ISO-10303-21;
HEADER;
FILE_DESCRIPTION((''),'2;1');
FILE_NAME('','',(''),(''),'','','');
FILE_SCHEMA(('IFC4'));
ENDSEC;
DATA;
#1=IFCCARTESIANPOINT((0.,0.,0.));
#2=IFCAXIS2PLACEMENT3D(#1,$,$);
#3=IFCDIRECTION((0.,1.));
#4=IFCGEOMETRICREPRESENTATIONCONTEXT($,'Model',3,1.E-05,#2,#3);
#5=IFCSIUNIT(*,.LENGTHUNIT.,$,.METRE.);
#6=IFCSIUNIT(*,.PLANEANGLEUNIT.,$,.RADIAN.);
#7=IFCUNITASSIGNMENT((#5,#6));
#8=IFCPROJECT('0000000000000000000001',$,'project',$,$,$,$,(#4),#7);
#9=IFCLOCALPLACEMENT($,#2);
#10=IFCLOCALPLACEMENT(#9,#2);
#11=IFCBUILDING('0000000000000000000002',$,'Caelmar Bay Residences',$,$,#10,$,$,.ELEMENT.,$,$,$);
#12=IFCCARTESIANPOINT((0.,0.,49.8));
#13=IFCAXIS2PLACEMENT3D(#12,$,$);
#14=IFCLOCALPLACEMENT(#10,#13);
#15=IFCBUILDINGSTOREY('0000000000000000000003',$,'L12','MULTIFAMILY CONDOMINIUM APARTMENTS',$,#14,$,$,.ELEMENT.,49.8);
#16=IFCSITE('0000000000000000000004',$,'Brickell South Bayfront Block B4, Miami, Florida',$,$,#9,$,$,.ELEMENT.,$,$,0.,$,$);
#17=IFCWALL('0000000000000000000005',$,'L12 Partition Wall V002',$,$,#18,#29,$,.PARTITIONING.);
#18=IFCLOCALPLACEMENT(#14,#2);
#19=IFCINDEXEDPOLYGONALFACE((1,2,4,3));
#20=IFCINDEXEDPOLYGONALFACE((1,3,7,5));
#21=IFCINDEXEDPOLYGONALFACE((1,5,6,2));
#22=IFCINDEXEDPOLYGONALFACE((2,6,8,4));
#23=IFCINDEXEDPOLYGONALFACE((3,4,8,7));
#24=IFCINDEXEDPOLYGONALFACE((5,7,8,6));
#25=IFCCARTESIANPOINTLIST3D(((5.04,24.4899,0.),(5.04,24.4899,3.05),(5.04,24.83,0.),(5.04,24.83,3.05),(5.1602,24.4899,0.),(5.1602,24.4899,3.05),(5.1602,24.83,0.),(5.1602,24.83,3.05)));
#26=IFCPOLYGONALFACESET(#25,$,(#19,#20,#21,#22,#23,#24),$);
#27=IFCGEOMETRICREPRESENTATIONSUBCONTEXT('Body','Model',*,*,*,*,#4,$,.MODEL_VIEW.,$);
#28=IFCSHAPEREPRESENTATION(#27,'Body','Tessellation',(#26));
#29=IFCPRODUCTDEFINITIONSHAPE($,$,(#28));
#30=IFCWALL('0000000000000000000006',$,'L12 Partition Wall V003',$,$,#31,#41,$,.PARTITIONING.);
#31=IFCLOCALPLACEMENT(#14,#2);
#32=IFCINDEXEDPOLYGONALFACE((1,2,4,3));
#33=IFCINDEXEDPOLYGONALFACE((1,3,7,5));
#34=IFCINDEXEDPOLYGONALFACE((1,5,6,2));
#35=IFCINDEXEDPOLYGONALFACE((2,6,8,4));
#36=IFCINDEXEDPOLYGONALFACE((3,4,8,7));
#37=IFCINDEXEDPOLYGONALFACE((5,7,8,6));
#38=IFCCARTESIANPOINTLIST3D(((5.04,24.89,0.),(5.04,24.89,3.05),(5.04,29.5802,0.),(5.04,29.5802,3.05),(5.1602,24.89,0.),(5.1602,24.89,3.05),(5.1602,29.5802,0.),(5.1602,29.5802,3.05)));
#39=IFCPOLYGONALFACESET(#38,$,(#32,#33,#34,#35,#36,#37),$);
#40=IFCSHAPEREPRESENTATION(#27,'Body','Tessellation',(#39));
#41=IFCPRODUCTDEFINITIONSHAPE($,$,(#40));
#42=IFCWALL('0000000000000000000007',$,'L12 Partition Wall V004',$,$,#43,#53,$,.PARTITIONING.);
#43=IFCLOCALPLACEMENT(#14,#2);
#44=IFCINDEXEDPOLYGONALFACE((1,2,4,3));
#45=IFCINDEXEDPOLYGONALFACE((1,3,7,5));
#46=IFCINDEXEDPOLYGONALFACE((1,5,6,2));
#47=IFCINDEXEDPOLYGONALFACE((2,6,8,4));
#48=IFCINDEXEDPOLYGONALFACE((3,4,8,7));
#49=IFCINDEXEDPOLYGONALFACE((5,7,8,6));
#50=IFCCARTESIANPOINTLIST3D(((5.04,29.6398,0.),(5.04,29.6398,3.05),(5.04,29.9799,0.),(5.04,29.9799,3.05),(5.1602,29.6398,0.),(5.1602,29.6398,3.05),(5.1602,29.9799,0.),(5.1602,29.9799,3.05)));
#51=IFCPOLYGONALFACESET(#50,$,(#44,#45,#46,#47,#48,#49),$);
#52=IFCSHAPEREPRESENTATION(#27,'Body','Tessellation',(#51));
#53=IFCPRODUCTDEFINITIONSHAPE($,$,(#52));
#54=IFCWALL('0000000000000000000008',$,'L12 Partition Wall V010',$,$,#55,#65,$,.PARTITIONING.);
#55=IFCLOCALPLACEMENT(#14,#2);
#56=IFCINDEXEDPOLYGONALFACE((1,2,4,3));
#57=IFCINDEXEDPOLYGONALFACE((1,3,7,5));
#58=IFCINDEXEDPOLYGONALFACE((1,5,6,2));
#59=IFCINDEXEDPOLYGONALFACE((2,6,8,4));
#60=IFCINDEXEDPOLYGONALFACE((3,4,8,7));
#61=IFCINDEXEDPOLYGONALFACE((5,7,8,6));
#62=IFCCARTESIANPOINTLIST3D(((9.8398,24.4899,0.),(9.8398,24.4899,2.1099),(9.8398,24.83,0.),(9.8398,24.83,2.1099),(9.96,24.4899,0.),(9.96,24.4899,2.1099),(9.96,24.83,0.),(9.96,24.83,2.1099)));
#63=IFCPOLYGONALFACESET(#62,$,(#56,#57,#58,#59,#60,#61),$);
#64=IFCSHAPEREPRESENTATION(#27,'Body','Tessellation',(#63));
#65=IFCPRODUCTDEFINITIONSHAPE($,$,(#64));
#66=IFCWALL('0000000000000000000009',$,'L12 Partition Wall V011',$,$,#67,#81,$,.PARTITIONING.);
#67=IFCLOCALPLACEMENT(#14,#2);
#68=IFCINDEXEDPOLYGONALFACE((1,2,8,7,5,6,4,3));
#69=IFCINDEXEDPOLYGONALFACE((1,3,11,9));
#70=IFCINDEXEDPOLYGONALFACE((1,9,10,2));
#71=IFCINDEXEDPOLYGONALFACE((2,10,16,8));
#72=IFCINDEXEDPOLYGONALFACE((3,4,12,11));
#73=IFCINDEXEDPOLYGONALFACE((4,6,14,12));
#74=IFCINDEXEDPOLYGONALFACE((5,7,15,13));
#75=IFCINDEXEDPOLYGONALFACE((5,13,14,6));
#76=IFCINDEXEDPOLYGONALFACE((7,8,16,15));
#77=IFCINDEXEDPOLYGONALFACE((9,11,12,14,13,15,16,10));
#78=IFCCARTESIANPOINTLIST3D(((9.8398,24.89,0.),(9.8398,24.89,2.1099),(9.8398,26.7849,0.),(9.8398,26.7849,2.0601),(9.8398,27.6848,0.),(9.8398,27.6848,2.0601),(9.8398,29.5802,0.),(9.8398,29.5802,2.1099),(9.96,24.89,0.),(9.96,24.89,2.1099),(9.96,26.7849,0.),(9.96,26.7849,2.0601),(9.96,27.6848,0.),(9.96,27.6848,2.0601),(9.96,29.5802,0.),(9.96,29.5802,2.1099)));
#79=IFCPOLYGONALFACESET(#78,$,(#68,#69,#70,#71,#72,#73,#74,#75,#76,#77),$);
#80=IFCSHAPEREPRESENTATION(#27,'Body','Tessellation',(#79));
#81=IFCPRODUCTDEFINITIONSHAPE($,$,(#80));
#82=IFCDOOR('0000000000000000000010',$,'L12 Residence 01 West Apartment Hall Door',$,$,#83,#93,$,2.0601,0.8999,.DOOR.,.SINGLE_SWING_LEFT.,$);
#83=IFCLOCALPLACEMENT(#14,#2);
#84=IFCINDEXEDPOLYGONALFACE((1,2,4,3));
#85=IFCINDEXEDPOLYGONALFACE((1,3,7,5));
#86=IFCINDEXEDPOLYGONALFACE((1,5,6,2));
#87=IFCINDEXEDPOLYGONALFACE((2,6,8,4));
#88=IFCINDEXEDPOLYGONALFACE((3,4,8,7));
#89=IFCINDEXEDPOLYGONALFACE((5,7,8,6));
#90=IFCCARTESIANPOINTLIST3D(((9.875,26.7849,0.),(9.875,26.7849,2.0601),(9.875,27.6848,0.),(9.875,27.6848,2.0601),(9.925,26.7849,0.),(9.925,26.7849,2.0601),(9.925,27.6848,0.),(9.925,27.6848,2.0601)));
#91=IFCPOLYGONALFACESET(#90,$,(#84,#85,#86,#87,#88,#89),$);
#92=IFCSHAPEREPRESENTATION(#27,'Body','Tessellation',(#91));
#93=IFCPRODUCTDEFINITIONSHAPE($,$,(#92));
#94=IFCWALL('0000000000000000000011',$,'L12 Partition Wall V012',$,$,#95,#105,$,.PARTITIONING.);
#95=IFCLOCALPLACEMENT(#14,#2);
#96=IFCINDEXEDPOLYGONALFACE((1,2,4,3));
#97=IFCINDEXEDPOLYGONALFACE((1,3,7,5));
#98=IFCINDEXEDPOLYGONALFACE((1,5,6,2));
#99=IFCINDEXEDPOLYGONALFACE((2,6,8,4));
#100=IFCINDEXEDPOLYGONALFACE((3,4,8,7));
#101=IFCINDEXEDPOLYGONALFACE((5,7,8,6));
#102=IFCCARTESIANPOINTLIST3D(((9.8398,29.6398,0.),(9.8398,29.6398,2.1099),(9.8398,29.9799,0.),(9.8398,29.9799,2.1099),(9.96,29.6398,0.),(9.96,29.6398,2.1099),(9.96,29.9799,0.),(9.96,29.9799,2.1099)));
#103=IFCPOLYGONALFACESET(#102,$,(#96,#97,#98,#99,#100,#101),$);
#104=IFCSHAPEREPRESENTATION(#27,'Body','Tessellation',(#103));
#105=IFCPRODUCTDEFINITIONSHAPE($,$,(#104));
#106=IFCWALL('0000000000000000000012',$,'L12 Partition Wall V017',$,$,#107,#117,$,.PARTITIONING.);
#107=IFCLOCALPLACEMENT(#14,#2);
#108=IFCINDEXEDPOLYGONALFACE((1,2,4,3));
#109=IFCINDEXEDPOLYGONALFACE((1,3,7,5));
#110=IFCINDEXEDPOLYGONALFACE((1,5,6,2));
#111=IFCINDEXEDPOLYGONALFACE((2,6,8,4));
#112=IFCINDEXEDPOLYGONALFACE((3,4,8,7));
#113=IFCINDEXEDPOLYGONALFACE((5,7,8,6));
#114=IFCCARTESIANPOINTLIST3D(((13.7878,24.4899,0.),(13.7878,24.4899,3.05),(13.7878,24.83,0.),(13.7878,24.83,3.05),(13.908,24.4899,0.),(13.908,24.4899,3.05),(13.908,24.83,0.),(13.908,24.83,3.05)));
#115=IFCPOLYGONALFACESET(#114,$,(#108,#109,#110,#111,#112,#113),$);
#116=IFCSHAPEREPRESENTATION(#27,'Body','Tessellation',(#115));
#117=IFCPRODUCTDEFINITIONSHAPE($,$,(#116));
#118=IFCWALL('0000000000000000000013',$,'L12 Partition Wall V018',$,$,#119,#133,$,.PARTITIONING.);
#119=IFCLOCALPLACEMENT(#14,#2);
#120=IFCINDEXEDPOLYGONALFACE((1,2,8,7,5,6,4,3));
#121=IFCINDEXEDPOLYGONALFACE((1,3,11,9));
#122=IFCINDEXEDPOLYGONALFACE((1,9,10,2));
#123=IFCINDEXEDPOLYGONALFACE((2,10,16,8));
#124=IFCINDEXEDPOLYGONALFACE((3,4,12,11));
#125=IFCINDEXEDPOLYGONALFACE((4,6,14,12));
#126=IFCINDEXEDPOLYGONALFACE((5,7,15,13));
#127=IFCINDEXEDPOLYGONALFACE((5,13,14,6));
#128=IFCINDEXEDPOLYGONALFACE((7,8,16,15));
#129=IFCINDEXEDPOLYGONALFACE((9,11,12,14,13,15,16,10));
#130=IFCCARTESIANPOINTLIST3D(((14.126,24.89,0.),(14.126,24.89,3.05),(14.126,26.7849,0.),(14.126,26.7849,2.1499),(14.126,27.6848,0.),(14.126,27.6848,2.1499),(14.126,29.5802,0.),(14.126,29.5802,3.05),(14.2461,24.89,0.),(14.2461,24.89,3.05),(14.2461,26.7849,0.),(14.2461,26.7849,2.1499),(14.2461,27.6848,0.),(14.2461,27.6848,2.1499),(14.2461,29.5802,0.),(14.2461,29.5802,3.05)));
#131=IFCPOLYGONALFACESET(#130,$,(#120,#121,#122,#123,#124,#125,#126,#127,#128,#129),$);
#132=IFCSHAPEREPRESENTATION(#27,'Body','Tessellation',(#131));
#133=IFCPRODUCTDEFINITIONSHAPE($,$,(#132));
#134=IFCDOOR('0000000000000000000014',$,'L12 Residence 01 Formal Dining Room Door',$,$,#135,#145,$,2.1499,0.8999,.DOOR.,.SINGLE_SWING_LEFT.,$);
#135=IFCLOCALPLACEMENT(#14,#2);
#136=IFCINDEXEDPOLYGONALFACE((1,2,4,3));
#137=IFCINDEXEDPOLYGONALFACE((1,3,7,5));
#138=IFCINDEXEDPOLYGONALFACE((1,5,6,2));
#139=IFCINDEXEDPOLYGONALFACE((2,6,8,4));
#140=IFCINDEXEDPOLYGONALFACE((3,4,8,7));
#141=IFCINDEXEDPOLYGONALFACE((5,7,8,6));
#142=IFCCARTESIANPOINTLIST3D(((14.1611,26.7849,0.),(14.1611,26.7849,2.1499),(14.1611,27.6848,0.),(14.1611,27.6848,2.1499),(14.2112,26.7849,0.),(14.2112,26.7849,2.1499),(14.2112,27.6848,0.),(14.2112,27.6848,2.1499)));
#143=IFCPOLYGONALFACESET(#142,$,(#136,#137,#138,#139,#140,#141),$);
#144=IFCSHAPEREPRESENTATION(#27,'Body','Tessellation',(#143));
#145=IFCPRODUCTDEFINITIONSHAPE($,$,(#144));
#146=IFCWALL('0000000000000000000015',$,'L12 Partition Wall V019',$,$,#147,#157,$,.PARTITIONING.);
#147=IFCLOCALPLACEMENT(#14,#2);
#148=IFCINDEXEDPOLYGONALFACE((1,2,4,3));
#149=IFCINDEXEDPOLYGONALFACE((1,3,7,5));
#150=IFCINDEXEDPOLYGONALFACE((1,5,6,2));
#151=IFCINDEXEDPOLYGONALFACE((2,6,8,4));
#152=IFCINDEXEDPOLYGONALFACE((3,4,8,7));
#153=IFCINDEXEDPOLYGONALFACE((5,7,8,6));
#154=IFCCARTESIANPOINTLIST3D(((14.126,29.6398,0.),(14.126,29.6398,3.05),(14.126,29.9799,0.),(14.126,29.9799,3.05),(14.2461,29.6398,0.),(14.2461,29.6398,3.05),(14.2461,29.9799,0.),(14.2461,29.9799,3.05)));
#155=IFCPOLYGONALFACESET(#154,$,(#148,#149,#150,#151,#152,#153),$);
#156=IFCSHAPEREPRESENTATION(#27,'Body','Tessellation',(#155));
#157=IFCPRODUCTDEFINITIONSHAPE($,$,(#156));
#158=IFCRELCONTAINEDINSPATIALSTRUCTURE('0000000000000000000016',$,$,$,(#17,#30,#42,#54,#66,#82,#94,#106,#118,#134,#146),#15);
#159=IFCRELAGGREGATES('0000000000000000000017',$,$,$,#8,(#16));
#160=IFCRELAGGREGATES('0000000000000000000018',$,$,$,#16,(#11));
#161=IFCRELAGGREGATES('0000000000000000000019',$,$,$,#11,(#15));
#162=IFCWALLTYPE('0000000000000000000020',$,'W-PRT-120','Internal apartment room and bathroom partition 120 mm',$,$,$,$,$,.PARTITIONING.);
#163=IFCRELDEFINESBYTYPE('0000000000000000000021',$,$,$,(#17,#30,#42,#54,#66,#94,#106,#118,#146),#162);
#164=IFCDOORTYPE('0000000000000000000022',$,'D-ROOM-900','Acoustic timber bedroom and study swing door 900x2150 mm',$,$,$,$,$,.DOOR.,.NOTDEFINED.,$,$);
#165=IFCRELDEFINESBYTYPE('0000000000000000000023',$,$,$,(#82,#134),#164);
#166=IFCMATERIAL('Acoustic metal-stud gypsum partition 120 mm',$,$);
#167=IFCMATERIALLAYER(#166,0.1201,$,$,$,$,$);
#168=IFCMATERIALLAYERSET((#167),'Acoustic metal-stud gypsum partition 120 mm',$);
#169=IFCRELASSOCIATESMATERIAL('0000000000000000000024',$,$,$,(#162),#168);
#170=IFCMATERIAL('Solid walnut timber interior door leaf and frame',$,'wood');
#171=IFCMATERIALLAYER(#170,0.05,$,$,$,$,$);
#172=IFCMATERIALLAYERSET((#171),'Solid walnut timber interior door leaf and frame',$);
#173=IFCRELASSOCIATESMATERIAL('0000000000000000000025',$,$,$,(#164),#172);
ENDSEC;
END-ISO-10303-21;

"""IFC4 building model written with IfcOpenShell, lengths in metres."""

from ifc_helpers import new_model, si_unit, direction, frame, frame_2d, origin, place, context, subcontext, project, spatial, rectangle, extrude, material, layer, layer_set, type_object, element, fill, save


model = new_model("IFC4")

# Units and contexts
model_context = context("Model", 3, precision=1e-05, world=origin(), true_north=direction((0.0, 1.0)))
body_context = subcontext(model_context, "Body", "Model", "MODEL_VIEW")
ifc_project = project(units=[si_unit("LENGTHUNIT", "METRE"), si_unit("PLANEANGLEUNIT", "RADIAN")], contexts=[model_context])

# Site, building, storey
site_placement = place(None, origin())
site = spatial("IfcSite", under=ifc_project, at=site_placement, Name="Brickell South Bayfront Block B4, Miami, Florida", CompositionType="ELEMENT", RefElevation=0.0)
building_placement = place(site_placement, origin())
building = spatial("IfcBuilding", under=site, at=building_placement, Name="Caelmar Bay Residences", CompositionType="ELEMENT")
storey_placement = place(building_placement, frame((0.0, 0.0, 49.8)))
storey = spatial("IfcBuildingStorey", under=building, at=storey_placement, Name="L12", Description="MULTIFAMILY CONDOMINIUM APARTMENTS", CompositionType="ELEMENT", Elevation=49.8)

# Walls
ifc_material_1 = material(Name="Acoustic metal-stud gypsum partition 120 mm")
ifc_layer_1 = layer(ifc_material_1, 0.1201)
ifc_layer_set_1 = layer_set([ifc_layer_1], Name="Acoustic metal-stud gypsum partition 120 mm")
wall_type_1 = type_object("IfcWallType", Name="W-PRT-120", Description="Internal apartment room and bathroom partition 120 mm", PredefinedType="PARTITIONING", material=ifc_layer_set_1)
wall_1_placement = place(storey_placement, frame((5.1001, 24.49, 0.0), z_axis=(0.0, 0.0, 1.0), x_axis=(0.0, 1.0, 0.0)))
element("IfcWall", 1, at=wall_1_placement, inside=storey, type_object=wall_type_1, Name="L12 Partition Wall V002", PredefinedType="PARTITIONING", context=body_context, shape_type="SweptSolid", body=[
    extrude(rectangle(XDim=0.3401, YDim=0.1201, at=frame_2d((0.1699, 0.0))), origin(), (0.0, 0.0, 1.0), 3.05),
])
wall_2_placement = place(storey_placement, frame((5.1001, 24.8899, 0.0), z_axis=(0.0, 0.0, 1.0), x_axis=(0.0, 1.0, 0.0)))
element("IfcWall", 2, at=wall_2_placement, inside=storey, type_object=wall_type_1, Name="L12 Partition Wall V003", PredefinedType="PARTITIONING", context=body_context, shape_type="SweptSolid", body=[
    extrude(rectangle(XDim=4.6902, YDim=0.1201, at=frame_2d((2.3452, 0.0))), origin(), (0.0, 0.0, 1.0), 3.05),
])
wall_3_placement = place(storey_placement, frame((5.1001, 29.6399, 0.0), z_axis=(0.0, 0.0, 1.0), x_axis=(0.0, 1.0, 0.0)))
element("IfcWall", 3, at=wall_3_placement, inside=storey, type_object=wall_type_1, Name="L12 Partition Wall V004", PredefinedType="PARTITIONING", context=body_context, shape_type="SweptSolid", body=[
    extrude(rectangle(XDim=0.3401, YDim=0.1201, at=frame_2d((0.1699, 0.0))), origin(), (0.0, 0.0, 1.0), 3.05),
])
wall_4_placement = place(storey_placement, frame((9.8999, 24.49, 0.0), z_axis=(0.0, 0.0, 1.0), x_axis=(0.0, 1.0, 0.0)))
element("IfcWall", 4, at=wall_4_placement, inside=storey, type_object=wall_type_1, Name="L12 Partition Wall V010", PredefinedType="PARTITIONING", context=body_context, shape_type="SweptSolid", body=[
    extrude(rectangle(XDim=0.3401, YDim=0.1201, at=frame_2d((0.1699, 0.0))), origin(), (0.0, 0.0, 1.0), 2.1099),
])

# Wall, opening, door
wall_5_placement = place(storey_placement, frame((9.8999, 24.8899, 0.0), z_axis=(0.0, 0.0, 1.0), x_axis=(0.0, 1.0, 0.0)))
wall_5 = element("IfcWall", 5, at=wall_5_placement, inside=storey, type_object=wall_type_1, Name="L12 Partition Wall V011", PredefinedType="PARTITIONING", context=body_context, shape_type="SweptSolid", body=[
    extrude(rectangle(XDim=4.6902, YDim=0.1201, at=frame_2d((2.3452, 0.0))), origin(), (0.0, 0.0, 1.0), 2.1099),
])
opening_1_placement = place(wall_5_placement, frame((1.895, 0.0, 0.0)))
opening_1 = element("IfcOpeningElement", 6, at=opening_1_placement, cuts=wall_5, PredefinedType="OPENING", context=body_context, shape_type="SweptSolid", body=[
    extrude(rectangle(XDim=0.8999, YDim=2.0601, at=frame_2d((0.45, 1.03))), frame((0.0, 0.0701, 0.0), z_axis=(0.0, -1.0, 0.0), x_axis=(1.0, 0.0, 0.0)), (0.0, 0.0, 1.0), 0.1401),
])
ifc_material_2 = material(Name="Solid walnut timber interior door leaf and frame", Category="wood")
ifc_layer_2 = layer(ifc_material_2, 0.05)
ifc_layer_set_2 = layer_set([ifc_layer_2], Name="Solid walnut timber interior door leaf and frame")
door_type = type_object("IfcDoorType", Name="D-ROOM-900", Description="Acoustic timber bedroom and study swing door 900x2150 mm", OperationType="NOTDEFINED", PredefinedType="DOOR", material=ifc_layer_set_2)
door_1_placement = place(opening_1_placement, origin())
door_1 = element("IfcDoor", 7, at=door_1_placement, inside=storey, type_object=door_type, Name="L12 Residence 01 West Apartment Hall Door", OperationType="SINGLE_SWING_LEFT", OverallHeight=2.0601, OverallWidth=0.8999, PredefinedType="DOOR", context=body_context, shape_type="SweptSolid", body=[
    extrude(rectangle(XDim=0.8999, YDim=2.0601, at=frame_2d((0.45, 1.03))), frame((0.0, 0.0249, 0.0), z_axis=(0.0, -1.0, 0.0), x_axis=(1.0, 0.0, 0.0)), (0.0, 0.0, 1.0), 0.05),
])
fill(opening_1, door_1)

# Walls
wall_6_placement = place(storey_placement, frame((9.8999, 29.6399, 0.0), z_axis=(0.0, 0.0, 1.0), x_axis=(0.0, 1.0, 0.0)))
element("IfcWall", 8, at=wall_6_placement, inside=storey, type_object=wall_type_1, Name="L12 Partition Wall V012", PredefinedType="PARTITIONING", context=body_context, shape_type="SweptSolid", body=[
    extrude(rectangle(XDim=0.3401, YDim=0.1201, at=frame_2d((0.1699, 0.0))), origin(), (0.0, 0.0, 1.0), 2.1099),
])
wall_7_placement = place(storey_placement, frame((13.8479, 24.49, 0.0), z_axis=(0.0, 0.0, 1.0), x_axis=(0.0, 1.0, 0.0)))
element("IfcWall", 9, at=wall_7_placement, inside=storey, type_object=wall_type_1, Name="L12 Partition Wall V017", PredefinedType="PARTITIONING", context=body_context, shape_type="SweptSolid", body=[
    extrude(rectangle(XDim=0.3401, YDim=0.1201, at=frame_2d((0.1699, 0.0))), origin(), (0.0, 0.0, 1.0), 3.05),
])

# Wall, opening, door
wall_8_placement = place(storey_placement, frame((14.186, 24.8899, 0.0), z_axis=(0.0, 0.0, 1.0), x_axis=(0.0, 1.0, 0.0)))
wall_8 = element("IfcWall", 10, at=wall_8_placement, inside=storey, type_object=wall_type_1, Name="L12 Partition Wall V018", PredefinedType="PARTITIONING", context=body_context, shape_type="SweptSolid", body=[
    extrude(rectangle(XDim=4.6902, YDim=0.1201, at=frame_2d((2.3452, 0.0))), origin(), (0.0, 0.0, 1.0), 3.05),
])
opening_2_placement = place(wall_8_placement, frame((1.895, 0.0, 0.0)))
opening_2 = element("IfcOpeningElement", 11, at=opening_2_placement, cuts=wall_8, PredefinedType="OPENING", context=body_context, shape_type="SweptSolid", body=[
    extrude(rectangle(XDim=0.8999, YDim=2.1499, at=frame_2d((0.45, 1.075))), frame((0.0, 0.0701, 0.0), z_axis=(0.0, -1.0, 0.0), x_axis=(1.0, 0.0, 0.0)), (0.0, 0.0, 1.0), 0.1401),
])
door_2_placement = place(opening_2_placement, origin())
door_2 = element("IfcDoor", 12, at=door_2_placement, inside=storey, type_object=door_type, Name="L12 Residence 01 Formal Dining Room Door", OperationType="SINGLE_SWING_LEFT", OverallHeight=2.1499, OverallWidth=0.8999, PredefinedType="DOOR", context=body_context, shape_type="SweptSolid", body=[
    extrude(rectangle(XDim=0.8999, YDim=2.1499, at=frame_2d((0.45, 1.075))), frame((0.0, 0.0249, 0.0), z_axis=(0.0, -1.0, 0.0), x_axis=(1.0, 0.0, 0.0)), (0.0, 0.0, 1.0), 0.05),
])
fill(opening_2, door_2)

# Wall
wall_9_placement = place(storey_placement, frame((14.186, 29.6399, 0.0), z_axis=(0.0, 0.0, 1.0), x_axis=(0.0, 1.0, 0.0)))
element("IfcWall", 13, at=wall_9_placement, inside=storey, type_object=wall_type_1, Name="L12 Partition Wall V019", PredefinedType="PARTITIONING", context=body_context, shape_type="SweptSolid", body=[
    extrude(rectangle(XDim=0.3401, YDim=0.1201, at=frame_2d((0.1699, 0.0))), origin(), (0.0, 0.0, 1.0), 3.05),
])

save(model, "model.ifc")
